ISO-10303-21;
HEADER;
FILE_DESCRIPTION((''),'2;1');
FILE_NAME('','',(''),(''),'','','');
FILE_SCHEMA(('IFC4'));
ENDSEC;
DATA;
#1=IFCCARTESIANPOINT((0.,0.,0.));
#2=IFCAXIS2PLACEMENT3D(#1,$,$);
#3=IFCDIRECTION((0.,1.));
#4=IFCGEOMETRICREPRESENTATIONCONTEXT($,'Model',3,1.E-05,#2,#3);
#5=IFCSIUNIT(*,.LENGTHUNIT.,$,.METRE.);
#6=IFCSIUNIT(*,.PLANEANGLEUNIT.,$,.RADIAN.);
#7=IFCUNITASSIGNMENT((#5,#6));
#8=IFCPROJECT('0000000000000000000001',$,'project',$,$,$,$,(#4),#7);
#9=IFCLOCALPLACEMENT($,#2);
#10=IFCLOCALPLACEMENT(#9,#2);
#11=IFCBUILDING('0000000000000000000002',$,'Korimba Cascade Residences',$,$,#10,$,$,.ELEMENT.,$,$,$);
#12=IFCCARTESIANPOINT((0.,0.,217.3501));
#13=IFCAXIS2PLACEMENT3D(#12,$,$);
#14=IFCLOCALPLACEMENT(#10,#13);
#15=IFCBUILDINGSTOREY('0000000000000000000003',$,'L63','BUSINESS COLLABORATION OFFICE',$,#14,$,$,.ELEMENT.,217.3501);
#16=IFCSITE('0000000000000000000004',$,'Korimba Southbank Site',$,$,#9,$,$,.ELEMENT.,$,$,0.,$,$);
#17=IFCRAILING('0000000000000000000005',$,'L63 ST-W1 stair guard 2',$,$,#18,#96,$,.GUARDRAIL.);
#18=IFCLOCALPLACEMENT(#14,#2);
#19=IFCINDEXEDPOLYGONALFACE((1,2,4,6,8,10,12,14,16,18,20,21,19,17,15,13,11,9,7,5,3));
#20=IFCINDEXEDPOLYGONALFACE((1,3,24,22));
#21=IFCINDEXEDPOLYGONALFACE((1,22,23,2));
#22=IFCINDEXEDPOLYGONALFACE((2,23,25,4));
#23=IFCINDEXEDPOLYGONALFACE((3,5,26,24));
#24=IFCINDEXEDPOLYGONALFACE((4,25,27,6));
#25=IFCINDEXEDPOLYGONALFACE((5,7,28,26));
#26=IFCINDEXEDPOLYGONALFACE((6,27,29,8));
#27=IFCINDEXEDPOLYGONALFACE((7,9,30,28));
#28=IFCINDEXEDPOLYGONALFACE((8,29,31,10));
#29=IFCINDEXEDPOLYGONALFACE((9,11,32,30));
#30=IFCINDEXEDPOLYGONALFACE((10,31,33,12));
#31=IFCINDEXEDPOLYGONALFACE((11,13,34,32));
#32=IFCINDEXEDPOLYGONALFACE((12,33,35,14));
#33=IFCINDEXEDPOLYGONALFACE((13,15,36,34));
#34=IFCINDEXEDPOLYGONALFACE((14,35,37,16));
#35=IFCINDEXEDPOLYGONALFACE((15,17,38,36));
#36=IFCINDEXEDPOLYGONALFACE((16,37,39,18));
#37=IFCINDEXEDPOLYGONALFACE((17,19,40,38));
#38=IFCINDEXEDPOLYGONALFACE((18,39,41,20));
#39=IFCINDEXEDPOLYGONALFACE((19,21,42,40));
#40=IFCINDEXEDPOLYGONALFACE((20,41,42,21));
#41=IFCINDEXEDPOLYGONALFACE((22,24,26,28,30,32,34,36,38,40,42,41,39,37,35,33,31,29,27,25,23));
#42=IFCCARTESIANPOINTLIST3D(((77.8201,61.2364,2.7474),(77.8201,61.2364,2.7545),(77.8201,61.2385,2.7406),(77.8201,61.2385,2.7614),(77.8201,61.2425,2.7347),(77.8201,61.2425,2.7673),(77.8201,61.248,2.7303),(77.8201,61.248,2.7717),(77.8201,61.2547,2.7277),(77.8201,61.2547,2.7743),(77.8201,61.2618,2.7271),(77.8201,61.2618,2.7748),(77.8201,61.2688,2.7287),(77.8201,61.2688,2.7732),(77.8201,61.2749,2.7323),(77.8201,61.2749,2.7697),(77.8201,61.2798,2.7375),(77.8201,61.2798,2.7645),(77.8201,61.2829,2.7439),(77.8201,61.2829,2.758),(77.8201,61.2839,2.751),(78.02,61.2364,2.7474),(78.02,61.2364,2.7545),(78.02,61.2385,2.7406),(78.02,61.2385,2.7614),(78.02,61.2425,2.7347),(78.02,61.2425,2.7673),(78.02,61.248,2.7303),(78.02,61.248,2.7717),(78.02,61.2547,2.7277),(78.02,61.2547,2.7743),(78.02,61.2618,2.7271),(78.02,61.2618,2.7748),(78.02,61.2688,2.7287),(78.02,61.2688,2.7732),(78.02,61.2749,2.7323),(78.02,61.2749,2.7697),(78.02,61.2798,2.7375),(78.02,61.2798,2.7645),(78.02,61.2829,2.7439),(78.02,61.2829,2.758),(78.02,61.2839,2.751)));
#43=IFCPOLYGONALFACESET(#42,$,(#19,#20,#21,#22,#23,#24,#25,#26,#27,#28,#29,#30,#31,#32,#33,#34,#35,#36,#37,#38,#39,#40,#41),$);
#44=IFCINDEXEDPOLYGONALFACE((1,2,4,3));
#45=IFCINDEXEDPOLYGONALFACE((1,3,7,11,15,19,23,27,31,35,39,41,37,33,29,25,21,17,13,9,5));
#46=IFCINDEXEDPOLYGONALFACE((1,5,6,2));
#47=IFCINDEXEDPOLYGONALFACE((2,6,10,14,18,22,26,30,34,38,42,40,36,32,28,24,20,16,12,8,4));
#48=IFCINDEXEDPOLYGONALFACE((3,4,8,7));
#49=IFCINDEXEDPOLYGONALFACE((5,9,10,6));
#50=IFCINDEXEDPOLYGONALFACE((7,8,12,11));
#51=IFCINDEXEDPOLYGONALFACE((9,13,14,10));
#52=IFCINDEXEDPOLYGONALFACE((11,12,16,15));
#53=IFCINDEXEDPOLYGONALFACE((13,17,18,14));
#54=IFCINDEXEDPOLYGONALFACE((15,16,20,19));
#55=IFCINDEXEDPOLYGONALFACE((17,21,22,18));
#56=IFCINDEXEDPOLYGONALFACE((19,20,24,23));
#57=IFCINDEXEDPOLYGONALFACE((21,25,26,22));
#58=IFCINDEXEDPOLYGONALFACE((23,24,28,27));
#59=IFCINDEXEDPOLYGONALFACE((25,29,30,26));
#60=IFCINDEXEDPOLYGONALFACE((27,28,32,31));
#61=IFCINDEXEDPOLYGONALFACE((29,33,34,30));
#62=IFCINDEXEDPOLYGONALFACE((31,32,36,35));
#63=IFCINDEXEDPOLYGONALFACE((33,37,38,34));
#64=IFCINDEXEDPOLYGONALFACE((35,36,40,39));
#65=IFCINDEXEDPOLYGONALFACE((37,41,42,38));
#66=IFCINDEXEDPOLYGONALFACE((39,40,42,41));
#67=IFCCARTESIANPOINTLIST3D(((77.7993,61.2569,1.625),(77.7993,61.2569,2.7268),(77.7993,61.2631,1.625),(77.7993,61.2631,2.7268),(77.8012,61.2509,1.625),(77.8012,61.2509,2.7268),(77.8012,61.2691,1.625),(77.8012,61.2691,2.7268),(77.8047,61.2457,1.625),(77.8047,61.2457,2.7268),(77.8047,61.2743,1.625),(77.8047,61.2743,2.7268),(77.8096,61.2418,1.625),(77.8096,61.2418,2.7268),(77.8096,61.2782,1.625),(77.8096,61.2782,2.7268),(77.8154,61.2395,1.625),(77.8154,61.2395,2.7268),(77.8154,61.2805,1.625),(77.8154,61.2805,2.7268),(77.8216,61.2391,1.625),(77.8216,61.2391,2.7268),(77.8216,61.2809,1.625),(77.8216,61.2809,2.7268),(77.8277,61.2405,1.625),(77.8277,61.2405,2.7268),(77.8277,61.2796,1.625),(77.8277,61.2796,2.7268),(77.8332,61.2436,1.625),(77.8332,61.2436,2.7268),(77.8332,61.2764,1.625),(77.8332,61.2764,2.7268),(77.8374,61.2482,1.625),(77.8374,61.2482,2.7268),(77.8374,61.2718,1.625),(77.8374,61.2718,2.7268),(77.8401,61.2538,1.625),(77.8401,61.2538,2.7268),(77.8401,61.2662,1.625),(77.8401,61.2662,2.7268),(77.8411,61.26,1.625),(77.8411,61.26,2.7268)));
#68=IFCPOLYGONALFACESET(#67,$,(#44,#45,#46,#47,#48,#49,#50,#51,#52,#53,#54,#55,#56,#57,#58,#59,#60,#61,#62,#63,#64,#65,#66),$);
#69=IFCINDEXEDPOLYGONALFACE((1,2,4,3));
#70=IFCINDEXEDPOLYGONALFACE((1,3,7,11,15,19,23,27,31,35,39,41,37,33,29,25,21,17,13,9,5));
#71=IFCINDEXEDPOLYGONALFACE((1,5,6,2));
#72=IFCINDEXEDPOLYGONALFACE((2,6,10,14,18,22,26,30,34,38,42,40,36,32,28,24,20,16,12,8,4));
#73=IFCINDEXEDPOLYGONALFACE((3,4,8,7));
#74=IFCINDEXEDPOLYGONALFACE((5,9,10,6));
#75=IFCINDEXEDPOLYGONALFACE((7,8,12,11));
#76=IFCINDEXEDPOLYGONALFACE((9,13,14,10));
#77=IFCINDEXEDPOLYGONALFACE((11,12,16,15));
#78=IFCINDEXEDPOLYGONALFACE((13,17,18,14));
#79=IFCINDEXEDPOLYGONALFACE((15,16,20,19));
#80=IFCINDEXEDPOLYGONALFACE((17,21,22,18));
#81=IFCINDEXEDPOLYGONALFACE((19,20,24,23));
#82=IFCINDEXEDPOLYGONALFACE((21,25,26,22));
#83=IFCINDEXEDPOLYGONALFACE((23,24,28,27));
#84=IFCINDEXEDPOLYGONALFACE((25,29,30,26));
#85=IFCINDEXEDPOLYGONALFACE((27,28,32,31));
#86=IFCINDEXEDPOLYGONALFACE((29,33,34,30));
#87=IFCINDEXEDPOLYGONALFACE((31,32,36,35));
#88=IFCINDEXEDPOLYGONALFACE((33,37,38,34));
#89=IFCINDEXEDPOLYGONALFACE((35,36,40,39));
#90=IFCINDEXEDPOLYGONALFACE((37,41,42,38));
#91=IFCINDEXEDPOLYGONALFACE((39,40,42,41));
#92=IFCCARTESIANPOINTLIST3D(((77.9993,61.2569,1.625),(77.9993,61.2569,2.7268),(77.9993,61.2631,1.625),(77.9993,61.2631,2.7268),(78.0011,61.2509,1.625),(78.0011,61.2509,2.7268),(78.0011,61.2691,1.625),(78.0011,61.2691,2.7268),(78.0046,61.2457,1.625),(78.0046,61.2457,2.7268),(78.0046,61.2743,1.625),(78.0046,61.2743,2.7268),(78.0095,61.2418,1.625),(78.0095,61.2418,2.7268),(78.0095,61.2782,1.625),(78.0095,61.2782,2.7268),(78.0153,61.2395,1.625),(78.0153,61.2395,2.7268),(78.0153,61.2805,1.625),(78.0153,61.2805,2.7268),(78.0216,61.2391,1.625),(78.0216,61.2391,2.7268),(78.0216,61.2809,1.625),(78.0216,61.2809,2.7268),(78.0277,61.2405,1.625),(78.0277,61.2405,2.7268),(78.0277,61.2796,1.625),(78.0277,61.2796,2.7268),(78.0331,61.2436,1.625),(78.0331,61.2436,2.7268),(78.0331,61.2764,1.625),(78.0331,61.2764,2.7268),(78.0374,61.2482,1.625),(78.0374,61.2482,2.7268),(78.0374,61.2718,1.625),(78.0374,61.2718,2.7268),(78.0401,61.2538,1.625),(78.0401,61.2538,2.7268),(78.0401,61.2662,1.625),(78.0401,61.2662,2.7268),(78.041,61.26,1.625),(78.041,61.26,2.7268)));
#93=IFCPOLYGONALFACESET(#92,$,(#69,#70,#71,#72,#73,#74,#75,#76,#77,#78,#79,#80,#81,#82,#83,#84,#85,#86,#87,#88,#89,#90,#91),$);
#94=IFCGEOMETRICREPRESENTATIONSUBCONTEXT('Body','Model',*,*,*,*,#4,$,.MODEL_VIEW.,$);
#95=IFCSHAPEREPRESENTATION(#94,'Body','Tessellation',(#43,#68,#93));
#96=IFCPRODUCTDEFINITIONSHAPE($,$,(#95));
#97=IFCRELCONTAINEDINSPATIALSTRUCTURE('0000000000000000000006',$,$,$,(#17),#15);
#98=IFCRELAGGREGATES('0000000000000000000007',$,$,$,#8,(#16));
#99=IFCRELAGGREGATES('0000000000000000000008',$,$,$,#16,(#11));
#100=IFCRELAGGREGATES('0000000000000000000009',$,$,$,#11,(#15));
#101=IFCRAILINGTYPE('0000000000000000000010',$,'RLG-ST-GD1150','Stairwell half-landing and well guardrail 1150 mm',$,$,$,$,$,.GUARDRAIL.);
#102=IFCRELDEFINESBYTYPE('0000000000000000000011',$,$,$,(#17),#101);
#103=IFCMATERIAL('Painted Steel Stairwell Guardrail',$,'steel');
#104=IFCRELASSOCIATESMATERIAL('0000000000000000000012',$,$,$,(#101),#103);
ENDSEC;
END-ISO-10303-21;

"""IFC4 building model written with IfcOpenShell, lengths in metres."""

from ifc_helpers import new_model, si_unit, direction, frame, origin, origin_2d, place, context, subcontext, project, spatial, circle, extrude, material, type_object, element, save


model = new_model("IFC4")

# Units and contexts
model_context = context("Model", 3, precision=1e-05, world=origin(), true_north=direction((0.0, 1.0)))
body_context = subcontext(model_context, "Body", "Model", "MODEL_VIEW")
ifc_project = project(units=[si_unit("LENGTHUNIT", "METRE"), si_unit("PLANEANGLEUNIT", "RADIAN")], contexts=[model_context])

# Site, building, storey
site_placement = place(None, origin())
site = spatial("IfcSite", under=ifc_project, at=site_placement, Name="Korimba Southbank Site", CompositionType="ELEMENT", RefElevation=0.0)
building_placement = place(site_placement, origin())
building = spatial("IfcBuilding", under=site, at=building_placement, Name="Korimba Cascade Residences", CompositionType="ELEMENT")
storey_placement = place(building_placement, frame((0.0, 0.0, 217.3501)))
storey = spatial("IfcBuildingStorey", under=building, at=storey_placement, Name="L63", Description="BUSINESS COLLABORATION OFFICE", CompositionType="ELEMENT", Elevation=217.3501)

# Railing
ifc_material_1 = material(Name="Painted Steel Stairwell Guardrail", Category="steel")
railing_type_1 = type_object("IfcRailingType", Name="RLG-ST-GD1150", Description="Stairwell half-landing and well guardrail 1150 mm", PredefinedType="GUARDRAIL", material=ifc_material_1)
railing_1_placement = place(storey_placement, frame((77.8201, 61.26, 1.625)))
element("IfcRailing", 1, at=railing_1_placement, inside=storey, type_object=railing_type_1, Name="L63 ST-W1 stair guard 2", PredefinedType="GUARDRAIL", context=body_context, shape_type="SweptSolid", body=[
    extrude(circle(Radius=0.0239, at=origin_2d()), frame((0.0, 0.0, 1.126), z_axis=(1.0, 0.0, 0.0), x_axis=(0.0, 1.0, 0.0)), (0.0, 0.0, 1.0), 0.2),
    extrude(circle(Radius=0.021, at=origin_2d()), origin(), (0.0, 0.0, 1.0), 1.1018),
    extrude(circle(Radius=0.021, at=origin_2d()), frame((0.2, 0.0, 0.0)), (0.0, 0.0, 1.0), 1.1018),
])

save(model, "model.ifc")
